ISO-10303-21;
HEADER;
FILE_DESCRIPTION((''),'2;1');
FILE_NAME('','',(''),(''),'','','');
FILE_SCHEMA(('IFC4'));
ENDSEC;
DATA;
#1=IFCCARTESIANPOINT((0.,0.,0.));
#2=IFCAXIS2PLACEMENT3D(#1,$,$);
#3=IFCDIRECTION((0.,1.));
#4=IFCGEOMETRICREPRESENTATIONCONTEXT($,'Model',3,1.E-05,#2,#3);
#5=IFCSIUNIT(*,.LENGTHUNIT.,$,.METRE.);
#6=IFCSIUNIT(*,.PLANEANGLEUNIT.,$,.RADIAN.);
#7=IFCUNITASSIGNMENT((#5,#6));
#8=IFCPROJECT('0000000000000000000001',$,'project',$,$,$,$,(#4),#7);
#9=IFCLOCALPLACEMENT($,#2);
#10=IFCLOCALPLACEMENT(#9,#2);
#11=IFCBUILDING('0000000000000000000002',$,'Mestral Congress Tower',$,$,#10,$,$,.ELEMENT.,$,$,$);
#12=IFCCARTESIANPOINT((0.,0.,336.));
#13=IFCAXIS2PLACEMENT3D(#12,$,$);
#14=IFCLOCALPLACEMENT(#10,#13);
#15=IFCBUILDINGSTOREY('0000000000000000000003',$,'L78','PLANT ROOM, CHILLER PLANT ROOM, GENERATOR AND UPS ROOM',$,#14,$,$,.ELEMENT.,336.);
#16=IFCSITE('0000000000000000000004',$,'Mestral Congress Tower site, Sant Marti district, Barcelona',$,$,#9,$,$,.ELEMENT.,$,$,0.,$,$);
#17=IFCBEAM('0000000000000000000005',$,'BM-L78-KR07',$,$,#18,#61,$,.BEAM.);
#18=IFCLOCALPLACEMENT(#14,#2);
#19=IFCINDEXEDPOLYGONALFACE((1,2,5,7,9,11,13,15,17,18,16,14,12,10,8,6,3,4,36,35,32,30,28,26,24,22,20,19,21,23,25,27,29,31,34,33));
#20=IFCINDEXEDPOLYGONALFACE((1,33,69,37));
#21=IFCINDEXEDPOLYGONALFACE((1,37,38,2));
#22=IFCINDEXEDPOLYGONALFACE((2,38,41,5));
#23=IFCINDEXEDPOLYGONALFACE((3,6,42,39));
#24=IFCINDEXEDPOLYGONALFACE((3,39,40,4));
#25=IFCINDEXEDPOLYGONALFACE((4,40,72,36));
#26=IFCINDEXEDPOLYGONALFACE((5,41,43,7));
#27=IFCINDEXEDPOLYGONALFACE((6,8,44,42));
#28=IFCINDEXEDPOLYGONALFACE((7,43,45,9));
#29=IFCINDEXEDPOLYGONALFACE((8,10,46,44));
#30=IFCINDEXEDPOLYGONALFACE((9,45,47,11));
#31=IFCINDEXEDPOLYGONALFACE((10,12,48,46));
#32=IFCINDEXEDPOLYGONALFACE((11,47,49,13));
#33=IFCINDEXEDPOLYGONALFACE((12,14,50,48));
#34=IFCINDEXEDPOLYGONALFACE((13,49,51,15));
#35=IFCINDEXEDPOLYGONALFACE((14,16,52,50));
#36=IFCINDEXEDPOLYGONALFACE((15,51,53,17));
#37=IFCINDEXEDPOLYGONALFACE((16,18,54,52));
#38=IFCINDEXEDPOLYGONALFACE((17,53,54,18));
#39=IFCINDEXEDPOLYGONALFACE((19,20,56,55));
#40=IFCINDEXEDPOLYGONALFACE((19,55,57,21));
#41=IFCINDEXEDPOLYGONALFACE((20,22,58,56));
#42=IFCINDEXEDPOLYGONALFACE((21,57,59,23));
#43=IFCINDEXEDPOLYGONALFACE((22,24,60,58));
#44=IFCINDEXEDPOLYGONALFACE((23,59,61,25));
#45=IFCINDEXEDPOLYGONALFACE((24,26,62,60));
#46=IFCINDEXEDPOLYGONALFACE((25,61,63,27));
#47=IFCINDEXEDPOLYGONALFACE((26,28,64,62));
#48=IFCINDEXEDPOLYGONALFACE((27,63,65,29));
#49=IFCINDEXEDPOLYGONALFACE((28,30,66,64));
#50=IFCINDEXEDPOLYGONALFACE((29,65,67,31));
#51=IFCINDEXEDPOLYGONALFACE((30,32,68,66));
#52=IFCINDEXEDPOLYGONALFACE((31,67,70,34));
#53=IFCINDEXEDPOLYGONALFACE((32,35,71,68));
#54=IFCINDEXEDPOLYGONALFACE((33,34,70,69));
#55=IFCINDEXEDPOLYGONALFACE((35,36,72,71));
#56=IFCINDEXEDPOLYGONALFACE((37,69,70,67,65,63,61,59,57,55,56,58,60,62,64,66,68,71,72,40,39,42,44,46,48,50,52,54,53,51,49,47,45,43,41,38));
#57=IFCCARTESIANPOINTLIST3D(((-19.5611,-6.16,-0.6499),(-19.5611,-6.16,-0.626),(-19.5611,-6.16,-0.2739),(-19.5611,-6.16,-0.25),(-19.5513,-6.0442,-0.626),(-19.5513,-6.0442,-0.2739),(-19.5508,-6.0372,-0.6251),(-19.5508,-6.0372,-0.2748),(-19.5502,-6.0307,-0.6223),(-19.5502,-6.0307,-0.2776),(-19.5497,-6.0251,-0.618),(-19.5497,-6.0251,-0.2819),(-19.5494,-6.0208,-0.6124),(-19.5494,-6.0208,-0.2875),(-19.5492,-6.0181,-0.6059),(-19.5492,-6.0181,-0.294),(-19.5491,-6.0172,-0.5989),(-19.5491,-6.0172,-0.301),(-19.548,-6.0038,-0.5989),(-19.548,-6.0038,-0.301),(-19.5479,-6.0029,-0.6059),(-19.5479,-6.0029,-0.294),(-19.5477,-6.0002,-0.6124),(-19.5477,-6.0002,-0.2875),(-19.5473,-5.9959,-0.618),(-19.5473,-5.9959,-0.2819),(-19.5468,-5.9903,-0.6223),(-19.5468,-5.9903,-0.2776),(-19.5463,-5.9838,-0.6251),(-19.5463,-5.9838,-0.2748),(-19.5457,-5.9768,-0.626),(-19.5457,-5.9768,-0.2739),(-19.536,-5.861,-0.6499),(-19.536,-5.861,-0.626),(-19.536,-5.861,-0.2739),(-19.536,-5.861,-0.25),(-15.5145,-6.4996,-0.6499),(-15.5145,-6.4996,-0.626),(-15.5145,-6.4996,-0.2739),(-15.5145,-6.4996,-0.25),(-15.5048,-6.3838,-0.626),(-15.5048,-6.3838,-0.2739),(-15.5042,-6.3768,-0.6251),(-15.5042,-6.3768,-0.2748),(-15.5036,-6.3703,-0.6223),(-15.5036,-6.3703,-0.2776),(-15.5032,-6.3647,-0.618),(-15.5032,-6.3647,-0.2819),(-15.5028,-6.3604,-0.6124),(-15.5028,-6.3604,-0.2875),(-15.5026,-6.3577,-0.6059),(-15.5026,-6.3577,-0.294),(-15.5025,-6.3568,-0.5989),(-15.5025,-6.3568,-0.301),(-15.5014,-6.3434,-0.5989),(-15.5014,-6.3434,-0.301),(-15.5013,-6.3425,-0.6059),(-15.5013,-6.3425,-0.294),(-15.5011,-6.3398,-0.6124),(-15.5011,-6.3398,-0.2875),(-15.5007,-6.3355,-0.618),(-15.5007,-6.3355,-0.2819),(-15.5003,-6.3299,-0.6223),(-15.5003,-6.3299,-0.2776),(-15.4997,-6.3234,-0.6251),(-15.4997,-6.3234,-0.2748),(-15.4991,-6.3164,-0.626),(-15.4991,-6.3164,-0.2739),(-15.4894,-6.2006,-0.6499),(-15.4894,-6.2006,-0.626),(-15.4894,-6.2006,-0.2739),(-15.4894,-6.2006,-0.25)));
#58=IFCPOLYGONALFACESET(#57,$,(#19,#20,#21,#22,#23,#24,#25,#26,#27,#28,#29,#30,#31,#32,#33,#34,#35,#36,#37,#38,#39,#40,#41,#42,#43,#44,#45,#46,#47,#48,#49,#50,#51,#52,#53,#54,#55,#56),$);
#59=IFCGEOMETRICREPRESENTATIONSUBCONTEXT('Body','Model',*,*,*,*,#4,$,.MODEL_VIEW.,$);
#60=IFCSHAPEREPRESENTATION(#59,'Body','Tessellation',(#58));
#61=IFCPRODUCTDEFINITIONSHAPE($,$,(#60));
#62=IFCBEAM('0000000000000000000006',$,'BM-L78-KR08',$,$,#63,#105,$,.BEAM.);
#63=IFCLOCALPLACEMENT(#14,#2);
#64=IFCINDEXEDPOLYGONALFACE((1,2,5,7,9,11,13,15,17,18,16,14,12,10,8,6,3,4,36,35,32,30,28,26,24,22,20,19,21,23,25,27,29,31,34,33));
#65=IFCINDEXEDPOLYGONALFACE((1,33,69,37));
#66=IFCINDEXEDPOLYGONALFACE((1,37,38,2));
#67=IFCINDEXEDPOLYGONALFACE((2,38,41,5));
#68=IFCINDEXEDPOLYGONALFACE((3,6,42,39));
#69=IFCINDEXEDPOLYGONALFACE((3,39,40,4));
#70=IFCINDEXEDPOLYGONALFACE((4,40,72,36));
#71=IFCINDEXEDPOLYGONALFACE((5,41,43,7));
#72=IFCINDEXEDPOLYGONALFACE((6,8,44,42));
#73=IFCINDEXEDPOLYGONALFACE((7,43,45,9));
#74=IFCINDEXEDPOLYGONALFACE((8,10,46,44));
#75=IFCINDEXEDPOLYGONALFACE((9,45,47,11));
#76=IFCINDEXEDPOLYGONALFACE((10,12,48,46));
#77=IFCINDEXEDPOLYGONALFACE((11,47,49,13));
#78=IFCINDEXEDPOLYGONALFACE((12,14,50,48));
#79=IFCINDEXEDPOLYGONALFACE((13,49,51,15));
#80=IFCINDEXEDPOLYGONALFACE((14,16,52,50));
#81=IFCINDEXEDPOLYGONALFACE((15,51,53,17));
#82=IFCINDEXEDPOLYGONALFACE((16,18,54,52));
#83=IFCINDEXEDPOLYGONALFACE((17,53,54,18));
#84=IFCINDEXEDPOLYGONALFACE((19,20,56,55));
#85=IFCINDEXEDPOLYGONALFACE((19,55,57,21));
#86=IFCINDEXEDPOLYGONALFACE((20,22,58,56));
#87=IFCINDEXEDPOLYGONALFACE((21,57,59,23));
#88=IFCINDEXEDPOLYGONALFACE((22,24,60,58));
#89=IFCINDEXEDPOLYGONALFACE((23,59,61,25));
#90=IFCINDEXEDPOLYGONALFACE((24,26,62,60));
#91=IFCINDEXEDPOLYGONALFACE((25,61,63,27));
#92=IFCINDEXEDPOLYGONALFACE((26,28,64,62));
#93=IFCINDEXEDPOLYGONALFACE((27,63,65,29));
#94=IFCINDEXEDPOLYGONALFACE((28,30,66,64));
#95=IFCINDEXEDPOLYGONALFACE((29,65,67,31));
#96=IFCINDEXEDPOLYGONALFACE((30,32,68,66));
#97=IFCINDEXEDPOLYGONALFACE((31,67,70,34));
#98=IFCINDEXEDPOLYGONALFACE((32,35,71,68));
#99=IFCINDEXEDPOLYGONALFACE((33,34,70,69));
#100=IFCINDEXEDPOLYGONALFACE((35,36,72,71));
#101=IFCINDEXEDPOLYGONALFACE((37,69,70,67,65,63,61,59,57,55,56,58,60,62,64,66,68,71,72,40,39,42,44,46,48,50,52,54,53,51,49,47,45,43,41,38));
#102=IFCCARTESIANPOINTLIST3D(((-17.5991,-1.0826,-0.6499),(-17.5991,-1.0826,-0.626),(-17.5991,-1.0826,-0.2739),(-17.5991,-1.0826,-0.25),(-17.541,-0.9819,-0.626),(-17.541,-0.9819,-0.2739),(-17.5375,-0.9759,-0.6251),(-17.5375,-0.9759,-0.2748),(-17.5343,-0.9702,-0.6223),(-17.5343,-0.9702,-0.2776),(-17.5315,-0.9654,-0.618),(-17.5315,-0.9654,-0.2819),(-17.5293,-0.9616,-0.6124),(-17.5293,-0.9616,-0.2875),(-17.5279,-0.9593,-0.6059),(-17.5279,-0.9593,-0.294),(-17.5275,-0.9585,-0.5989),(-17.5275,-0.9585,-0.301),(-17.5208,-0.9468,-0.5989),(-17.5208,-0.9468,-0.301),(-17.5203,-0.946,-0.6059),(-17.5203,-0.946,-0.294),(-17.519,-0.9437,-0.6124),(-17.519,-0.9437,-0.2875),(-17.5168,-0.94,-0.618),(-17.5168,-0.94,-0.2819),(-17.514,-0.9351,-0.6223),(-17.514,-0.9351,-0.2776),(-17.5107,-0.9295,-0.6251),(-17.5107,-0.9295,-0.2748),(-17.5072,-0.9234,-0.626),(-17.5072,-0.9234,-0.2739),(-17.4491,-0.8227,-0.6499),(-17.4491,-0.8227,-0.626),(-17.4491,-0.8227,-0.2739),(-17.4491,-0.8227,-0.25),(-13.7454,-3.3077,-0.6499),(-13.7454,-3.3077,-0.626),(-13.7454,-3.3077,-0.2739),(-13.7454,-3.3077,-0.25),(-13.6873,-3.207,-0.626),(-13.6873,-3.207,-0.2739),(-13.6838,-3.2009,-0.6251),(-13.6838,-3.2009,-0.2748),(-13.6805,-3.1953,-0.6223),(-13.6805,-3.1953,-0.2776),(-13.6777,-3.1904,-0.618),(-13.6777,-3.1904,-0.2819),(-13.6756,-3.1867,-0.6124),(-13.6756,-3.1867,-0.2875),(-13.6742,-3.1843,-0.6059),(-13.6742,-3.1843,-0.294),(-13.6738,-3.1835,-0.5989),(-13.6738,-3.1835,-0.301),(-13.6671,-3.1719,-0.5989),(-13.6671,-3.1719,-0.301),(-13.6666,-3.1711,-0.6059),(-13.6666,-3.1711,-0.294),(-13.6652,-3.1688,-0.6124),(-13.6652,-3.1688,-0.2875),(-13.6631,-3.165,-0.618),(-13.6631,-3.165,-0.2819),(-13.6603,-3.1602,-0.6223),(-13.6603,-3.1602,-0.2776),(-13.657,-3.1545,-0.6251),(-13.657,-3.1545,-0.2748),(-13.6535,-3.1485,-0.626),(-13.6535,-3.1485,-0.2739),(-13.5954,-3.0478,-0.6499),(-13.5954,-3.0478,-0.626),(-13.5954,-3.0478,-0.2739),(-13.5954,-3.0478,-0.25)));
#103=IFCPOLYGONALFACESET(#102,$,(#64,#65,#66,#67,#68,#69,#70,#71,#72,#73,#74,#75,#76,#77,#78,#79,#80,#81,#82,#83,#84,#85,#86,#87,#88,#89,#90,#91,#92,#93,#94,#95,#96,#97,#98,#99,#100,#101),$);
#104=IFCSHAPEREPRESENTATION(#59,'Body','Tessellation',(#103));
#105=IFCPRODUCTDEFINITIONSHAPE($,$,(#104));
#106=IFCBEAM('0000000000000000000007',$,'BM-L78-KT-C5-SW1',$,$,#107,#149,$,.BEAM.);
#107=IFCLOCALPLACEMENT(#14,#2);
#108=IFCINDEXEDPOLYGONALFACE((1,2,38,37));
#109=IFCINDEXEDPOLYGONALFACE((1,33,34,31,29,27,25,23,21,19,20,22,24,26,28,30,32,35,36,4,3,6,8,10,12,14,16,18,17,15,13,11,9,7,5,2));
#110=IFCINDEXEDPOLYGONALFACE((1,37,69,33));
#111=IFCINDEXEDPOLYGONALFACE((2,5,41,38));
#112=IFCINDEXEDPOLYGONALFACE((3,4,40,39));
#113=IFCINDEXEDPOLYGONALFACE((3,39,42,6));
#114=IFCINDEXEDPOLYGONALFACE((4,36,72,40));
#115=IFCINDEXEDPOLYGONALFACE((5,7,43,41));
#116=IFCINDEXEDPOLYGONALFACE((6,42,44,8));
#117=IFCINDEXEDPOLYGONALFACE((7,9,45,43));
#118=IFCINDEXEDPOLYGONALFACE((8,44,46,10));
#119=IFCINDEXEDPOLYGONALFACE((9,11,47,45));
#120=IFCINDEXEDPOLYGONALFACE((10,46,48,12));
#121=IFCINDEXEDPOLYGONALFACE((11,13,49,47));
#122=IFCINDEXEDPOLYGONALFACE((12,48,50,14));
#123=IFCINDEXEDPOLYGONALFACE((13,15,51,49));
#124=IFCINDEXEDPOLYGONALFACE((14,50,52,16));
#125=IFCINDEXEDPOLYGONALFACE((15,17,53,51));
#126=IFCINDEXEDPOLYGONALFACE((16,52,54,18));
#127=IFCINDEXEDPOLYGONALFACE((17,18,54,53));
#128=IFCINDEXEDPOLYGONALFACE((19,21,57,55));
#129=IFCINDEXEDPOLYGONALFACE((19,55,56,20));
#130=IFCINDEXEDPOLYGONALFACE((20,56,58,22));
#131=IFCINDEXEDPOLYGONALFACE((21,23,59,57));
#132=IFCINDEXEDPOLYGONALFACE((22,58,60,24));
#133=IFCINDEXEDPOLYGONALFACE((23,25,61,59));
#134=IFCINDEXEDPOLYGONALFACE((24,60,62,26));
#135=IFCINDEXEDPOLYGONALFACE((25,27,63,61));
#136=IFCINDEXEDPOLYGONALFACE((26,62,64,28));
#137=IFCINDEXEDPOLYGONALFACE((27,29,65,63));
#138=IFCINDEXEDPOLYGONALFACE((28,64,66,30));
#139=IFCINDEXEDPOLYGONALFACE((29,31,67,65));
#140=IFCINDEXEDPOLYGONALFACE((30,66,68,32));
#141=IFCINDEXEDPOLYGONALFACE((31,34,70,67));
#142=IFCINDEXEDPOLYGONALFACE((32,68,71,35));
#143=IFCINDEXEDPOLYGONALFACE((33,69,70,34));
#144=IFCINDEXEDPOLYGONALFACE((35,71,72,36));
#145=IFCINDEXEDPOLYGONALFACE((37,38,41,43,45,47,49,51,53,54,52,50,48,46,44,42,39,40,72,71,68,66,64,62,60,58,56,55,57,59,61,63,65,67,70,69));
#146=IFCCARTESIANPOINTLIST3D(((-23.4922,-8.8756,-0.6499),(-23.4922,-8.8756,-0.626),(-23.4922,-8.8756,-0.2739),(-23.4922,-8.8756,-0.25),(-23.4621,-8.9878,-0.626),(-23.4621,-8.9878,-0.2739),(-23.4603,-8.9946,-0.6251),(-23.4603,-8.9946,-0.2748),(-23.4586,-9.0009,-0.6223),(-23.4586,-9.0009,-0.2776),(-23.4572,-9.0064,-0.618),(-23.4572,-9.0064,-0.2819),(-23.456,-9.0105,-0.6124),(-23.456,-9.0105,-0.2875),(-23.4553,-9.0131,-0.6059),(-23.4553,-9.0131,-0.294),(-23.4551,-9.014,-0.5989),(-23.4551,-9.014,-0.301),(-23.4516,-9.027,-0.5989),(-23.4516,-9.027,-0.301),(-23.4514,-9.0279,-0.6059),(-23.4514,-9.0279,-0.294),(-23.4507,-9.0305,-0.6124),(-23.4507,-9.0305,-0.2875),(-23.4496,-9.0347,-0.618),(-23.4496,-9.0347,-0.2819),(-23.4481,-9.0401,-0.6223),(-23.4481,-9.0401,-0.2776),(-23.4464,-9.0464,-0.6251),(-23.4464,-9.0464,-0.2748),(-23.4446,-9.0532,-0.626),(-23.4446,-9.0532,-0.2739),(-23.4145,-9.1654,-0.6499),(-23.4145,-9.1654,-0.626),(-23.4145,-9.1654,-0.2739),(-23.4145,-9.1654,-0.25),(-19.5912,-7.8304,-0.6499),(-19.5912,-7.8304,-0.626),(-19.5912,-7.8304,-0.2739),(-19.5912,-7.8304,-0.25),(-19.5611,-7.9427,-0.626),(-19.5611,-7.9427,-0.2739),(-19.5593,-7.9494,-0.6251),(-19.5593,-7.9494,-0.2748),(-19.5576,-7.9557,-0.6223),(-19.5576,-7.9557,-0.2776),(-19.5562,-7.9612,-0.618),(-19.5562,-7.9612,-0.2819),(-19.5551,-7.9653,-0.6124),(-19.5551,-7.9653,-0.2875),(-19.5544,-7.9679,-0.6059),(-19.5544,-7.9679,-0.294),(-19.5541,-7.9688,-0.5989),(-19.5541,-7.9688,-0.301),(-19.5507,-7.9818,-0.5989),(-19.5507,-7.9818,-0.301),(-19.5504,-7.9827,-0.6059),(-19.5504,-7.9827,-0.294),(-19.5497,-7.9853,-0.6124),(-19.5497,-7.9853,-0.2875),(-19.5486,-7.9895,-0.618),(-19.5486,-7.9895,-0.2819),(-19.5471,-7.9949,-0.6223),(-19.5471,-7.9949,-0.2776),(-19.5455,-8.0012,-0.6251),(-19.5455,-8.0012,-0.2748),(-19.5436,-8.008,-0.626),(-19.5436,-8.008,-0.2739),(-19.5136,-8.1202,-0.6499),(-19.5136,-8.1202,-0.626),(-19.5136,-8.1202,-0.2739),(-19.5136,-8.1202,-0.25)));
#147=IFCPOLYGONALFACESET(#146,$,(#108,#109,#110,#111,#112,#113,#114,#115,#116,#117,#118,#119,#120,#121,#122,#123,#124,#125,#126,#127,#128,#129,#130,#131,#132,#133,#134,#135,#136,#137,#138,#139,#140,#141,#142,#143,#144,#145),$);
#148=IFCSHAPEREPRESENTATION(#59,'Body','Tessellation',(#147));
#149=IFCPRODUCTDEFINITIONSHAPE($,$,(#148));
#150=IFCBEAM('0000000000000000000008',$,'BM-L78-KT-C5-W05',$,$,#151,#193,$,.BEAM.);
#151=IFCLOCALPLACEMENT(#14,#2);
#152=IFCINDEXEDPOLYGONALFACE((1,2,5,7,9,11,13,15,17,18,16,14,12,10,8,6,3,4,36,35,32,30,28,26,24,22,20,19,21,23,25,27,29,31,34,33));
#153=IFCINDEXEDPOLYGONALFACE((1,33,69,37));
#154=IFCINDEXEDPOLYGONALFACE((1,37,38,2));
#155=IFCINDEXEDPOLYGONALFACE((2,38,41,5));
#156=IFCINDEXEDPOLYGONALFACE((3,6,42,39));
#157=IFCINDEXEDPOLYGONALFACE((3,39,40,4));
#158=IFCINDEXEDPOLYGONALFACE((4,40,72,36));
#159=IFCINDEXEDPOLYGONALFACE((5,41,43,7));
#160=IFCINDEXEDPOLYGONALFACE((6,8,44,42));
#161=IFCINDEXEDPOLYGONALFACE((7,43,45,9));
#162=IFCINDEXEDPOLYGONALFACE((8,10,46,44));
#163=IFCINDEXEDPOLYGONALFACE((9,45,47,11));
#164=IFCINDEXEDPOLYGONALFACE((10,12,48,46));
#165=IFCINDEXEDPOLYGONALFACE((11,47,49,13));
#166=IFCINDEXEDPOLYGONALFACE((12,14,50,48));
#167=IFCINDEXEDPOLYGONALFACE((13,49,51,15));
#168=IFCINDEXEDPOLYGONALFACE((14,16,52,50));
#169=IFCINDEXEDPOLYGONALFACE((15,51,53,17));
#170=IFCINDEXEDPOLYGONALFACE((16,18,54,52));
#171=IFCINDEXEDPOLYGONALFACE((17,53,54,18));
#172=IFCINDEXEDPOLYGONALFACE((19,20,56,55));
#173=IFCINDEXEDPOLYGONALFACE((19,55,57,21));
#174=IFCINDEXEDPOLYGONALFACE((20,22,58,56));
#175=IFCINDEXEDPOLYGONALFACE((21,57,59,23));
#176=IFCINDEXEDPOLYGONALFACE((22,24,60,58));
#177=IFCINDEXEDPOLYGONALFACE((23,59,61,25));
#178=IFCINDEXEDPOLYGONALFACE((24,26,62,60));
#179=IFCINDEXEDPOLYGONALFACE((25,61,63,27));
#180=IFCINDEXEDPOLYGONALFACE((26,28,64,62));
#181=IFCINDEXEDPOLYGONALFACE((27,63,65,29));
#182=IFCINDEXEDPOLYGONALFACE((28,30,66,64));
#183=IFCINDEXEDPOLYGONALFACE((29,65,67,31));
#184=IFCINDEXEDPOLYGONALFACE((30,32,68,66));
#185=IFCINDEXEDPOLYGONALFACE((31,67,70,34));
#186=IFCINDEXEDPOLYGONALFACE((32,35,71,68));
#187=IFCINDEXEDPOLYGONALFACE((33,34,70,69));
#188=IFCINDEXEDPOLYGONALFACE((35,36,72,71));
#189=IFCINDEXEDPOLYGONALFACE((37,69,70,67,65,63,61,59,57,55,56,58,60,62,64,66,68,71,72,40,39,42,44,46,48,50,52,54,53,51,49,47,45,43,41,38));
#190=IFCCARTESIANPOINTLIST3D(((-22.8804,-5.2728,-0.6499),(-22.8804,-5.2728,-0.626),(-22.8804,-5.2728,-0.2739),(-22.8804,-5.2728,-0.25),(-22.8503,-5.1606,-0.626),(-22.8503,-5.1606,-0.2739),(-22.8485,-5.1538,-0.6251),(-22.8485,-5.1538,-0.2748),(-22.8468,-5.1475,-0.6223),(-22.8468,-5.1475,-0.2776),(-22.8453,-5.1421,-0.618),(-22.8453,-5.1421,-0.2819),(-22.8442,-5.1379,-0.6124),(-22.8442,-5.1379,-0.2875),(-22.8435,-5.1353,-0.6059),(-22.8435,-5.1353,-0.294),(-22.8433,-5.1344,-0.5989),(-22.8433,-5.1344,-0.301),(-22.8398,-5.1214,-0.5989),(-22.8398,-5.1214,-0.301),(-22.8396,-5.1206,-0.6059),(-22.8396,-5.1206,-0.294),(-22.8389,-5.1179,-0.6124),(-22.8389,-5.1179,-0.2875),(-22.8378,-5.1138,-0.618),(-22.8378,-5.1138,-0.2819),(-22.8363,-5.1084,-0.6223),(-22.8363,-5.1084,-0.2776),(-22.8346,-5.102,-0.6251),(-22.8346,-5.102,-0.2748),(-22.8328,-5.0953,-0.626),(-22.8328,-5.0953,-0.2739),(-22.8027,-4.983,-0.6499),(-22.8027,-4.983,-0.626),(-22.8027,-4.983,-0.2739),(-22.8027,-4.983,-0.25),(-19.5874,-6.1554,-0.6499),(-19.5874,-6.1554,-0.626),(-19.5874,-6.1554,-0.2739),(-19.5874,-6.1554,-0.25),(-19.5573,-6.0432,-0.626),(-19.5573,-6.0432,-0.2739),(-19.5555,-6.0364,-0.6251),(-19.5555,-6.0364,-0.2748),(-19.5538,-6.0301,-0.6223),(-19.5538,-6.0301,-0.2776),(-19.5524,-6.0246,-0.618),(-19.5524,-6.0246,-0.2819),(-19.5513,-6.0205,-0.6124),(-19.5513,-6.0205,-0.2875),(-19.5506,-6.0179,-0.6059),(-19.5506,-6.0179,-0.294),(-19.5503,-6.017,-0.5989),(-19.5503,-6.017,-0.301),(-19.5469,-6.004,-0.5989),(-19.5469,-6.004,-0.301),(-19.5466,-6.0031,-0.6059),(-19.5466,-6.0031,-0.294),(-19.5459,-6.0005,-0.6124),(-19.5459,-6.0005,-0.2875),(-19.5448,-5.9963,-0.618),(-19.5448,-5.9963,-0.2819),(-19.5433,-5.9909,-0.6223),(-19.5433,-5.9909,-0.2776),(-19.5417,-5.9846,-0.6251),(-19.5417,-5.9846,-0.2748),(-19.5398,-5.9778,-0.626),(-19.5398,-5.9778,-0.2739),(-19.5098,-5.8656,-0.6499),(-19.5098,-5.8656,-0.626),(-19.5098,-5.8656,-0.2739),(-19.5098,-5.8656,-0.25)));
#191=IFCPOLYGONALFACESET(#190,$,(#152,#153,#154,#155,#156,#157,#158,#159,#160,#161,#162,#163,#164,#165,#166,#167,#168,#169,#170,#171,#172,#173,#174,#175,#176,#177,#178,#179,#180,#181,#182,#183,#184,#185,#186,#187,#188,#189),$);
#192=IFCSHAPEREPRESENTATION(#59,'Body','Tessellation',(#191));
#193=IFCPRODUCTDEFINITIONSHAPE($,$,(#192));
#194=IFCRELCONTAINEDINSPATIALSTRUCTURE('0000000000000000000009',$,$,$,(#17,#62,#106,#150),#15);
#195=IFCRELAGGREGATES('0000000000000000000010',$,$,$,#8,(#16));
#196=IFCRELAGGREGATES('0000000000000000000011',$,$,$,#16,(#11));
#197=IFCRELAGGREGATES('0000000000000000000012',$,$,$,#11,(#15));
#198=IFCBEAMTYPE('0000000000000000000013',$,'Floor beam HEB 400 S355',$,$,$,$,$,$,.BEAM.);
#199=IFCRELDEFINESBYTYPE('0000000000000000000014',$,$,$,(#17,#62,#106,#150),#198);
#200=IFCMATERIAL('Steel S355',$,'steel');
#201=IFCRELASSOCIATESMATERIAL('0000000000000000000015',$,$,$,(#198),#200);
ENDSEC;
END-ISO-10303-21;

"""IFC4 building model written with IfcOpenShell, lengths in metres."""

from ifc_helpers import new_model, si_unit, direction, frame, origin, origin_2d, place, context, subcontext, project, spatial, i_section, extrude, material, material_profile, profile_set, type_object, element, save


model = new_model("IFC4")

# Units and contexts
model_context = context("Model", 3, precision=1e-05, world=origin(), true_north=direction((0.0, 1.0)))
body_context = subcontext(model_context, "Body", "Model", "MODEL_VIEW")
ifc_project = project(units=[si_unit("LENGTHUNIT", "METRE"), si_unit("PLANEANGLEUNIT", "RADIAN")], contexts=[model_context])

# Site, building, storey
site_placement = place(None, origin())
site = spatial("IfcSite", under=ifc_project, at=site_placement, Name="Mestral Congress Tower site, Sant Marti district, Barcelona", CompositionType="ELEMENT", RefElevation=0.0)
building_placement = place(site_placement, origin())
building = spatial("IfcBuilding", under=site, at=building_placement, Name="Mestral Congress Tower", CompositionType="ELEMENT")
storey_placement = place(building_placement, frame((0.0, 0.0, 336.0)))
storey = spatial("IfcBuildingStorey", under=building, at=storey_placement, Name="L78", Description="PLANT ROOM, CHILLER PLANT ROOM, GENERATOR AND UPS ROOM", CompositionType="ELEMENT", Elevation=336.0)

# Shared definitions
ifc_material_1 = material(Name="Steel S355", Category="steel")

# Beams
ifc_material_profile_1 = material_profile(ifc_material_1, i_section(OverallWidth=0.3, OverallDepth=0.3999, WebThickness=0.0134, FlangeThickness=0.0239, FilletRadius=0.0271, at=origin_2d()), Name="HEB 400")
ifc_profile_set_1 = profile_set([ifc_material_profile_1], Name="Steel S355")
beam_type_1 = type_object("IfcBeamType", Name="Floor beam HEB 400 S355", PredefinedType="BEAM", material=ifc_profile_set_1)
beam_1_placement = place(storey_placement, frame((-15.502, -6.3501, -0.45), z_axis=(-0.996497, 0.083628, 0.0), x_axis=(-0.083628, -0.996497, 0.0)))
element("IfcBeam", 1, at=beam_1_placement, inside=storey, type_object=beam_type_1, Name="BM-L78-KR07", PredefinedType="BEAM", context=body_context, shape_type="SweptSolid", body=[
    extrude(i_section(OverallWidth=0.3, OverallDepth=0.3999, WebThickness=0.0134, FlangeThickness=0.0239, FilletRadius=0.0271, at=origin_2d()), origin(), (0.0, 0.0, 1.0), 4.0608),
])
beam_2_placement = place(storey_placement, frame((-13.6704, -3.1777, -0.45), z_axis=(-0.866013, 0.500022, 0.0), x_axis=(-0.500022, -0.866013, 0.0)))
element("IfcBeam", 2, at=beam_2_placement, inside=storey, type_object=beam_type_1, Name="BM-L78-KR08", PredefinedType="BEAM", context=body_context, shape_type="SweptSolid", body=[
    extrude(i_section(OverallWidth=0.3, OverallDepth=0.3999, WebThickness=0.0134, FlangeThickness=0.0239, FilletRadius=0.0271, at=origin_2d()), origin(), (0.0, 0.0, 1.0), 4.45),
])
beam_3_placement = place(storey_placement, frame((-23.4534, -9.0205, -0.45), z_axis=(0.96593, 0.258803, 0.0), x_axis=(-0.258803, 0.96593, 0.0)))
element("IfcBeam", 3, at=beam_3_placement, inside=storey, type_object=beam_type_1, Name="BM-L78-KT-C5-SW1", PredefinedType="BEAM", context=body_context, shape_type="SweptSolid", body=[
    extrude(i_section(OverallWidth=0.3, OverallDepth=0.3999, WebThickness=0.0134, FlangeThickness=0.0239, FilletRadius=0.0271, at=origin_2d()), origin(), (0.0, 0.0, 1.0), 4.0386),
])
beam_4_placement = place(storey_placement, frame((-22.8416, -5.1279, -0.45), z_axis=(0.96591, -0.258879, 0.0), x_axis=(0.258879, 0.96591, 0.0)))
element("IfcBeam", 4, at=beam_4_placement, inside=storey, type_object=beam_type_1, Name="BM-L78-KT-C5-W05", PredefinedType="BEAM", context=body_context, shape_type="SweptSolid", body=[
    extrude(i_section(OverallWidth=0.3, OverallDepth=0.3999, WebThickness=0.0134, FlangeThickness=0.0239, FilletRadius=0.0271, at=origin_2d()), origin(), (0.0, 0.0, 1.0), 3.4092),
])

save(model, "model.ifc")
